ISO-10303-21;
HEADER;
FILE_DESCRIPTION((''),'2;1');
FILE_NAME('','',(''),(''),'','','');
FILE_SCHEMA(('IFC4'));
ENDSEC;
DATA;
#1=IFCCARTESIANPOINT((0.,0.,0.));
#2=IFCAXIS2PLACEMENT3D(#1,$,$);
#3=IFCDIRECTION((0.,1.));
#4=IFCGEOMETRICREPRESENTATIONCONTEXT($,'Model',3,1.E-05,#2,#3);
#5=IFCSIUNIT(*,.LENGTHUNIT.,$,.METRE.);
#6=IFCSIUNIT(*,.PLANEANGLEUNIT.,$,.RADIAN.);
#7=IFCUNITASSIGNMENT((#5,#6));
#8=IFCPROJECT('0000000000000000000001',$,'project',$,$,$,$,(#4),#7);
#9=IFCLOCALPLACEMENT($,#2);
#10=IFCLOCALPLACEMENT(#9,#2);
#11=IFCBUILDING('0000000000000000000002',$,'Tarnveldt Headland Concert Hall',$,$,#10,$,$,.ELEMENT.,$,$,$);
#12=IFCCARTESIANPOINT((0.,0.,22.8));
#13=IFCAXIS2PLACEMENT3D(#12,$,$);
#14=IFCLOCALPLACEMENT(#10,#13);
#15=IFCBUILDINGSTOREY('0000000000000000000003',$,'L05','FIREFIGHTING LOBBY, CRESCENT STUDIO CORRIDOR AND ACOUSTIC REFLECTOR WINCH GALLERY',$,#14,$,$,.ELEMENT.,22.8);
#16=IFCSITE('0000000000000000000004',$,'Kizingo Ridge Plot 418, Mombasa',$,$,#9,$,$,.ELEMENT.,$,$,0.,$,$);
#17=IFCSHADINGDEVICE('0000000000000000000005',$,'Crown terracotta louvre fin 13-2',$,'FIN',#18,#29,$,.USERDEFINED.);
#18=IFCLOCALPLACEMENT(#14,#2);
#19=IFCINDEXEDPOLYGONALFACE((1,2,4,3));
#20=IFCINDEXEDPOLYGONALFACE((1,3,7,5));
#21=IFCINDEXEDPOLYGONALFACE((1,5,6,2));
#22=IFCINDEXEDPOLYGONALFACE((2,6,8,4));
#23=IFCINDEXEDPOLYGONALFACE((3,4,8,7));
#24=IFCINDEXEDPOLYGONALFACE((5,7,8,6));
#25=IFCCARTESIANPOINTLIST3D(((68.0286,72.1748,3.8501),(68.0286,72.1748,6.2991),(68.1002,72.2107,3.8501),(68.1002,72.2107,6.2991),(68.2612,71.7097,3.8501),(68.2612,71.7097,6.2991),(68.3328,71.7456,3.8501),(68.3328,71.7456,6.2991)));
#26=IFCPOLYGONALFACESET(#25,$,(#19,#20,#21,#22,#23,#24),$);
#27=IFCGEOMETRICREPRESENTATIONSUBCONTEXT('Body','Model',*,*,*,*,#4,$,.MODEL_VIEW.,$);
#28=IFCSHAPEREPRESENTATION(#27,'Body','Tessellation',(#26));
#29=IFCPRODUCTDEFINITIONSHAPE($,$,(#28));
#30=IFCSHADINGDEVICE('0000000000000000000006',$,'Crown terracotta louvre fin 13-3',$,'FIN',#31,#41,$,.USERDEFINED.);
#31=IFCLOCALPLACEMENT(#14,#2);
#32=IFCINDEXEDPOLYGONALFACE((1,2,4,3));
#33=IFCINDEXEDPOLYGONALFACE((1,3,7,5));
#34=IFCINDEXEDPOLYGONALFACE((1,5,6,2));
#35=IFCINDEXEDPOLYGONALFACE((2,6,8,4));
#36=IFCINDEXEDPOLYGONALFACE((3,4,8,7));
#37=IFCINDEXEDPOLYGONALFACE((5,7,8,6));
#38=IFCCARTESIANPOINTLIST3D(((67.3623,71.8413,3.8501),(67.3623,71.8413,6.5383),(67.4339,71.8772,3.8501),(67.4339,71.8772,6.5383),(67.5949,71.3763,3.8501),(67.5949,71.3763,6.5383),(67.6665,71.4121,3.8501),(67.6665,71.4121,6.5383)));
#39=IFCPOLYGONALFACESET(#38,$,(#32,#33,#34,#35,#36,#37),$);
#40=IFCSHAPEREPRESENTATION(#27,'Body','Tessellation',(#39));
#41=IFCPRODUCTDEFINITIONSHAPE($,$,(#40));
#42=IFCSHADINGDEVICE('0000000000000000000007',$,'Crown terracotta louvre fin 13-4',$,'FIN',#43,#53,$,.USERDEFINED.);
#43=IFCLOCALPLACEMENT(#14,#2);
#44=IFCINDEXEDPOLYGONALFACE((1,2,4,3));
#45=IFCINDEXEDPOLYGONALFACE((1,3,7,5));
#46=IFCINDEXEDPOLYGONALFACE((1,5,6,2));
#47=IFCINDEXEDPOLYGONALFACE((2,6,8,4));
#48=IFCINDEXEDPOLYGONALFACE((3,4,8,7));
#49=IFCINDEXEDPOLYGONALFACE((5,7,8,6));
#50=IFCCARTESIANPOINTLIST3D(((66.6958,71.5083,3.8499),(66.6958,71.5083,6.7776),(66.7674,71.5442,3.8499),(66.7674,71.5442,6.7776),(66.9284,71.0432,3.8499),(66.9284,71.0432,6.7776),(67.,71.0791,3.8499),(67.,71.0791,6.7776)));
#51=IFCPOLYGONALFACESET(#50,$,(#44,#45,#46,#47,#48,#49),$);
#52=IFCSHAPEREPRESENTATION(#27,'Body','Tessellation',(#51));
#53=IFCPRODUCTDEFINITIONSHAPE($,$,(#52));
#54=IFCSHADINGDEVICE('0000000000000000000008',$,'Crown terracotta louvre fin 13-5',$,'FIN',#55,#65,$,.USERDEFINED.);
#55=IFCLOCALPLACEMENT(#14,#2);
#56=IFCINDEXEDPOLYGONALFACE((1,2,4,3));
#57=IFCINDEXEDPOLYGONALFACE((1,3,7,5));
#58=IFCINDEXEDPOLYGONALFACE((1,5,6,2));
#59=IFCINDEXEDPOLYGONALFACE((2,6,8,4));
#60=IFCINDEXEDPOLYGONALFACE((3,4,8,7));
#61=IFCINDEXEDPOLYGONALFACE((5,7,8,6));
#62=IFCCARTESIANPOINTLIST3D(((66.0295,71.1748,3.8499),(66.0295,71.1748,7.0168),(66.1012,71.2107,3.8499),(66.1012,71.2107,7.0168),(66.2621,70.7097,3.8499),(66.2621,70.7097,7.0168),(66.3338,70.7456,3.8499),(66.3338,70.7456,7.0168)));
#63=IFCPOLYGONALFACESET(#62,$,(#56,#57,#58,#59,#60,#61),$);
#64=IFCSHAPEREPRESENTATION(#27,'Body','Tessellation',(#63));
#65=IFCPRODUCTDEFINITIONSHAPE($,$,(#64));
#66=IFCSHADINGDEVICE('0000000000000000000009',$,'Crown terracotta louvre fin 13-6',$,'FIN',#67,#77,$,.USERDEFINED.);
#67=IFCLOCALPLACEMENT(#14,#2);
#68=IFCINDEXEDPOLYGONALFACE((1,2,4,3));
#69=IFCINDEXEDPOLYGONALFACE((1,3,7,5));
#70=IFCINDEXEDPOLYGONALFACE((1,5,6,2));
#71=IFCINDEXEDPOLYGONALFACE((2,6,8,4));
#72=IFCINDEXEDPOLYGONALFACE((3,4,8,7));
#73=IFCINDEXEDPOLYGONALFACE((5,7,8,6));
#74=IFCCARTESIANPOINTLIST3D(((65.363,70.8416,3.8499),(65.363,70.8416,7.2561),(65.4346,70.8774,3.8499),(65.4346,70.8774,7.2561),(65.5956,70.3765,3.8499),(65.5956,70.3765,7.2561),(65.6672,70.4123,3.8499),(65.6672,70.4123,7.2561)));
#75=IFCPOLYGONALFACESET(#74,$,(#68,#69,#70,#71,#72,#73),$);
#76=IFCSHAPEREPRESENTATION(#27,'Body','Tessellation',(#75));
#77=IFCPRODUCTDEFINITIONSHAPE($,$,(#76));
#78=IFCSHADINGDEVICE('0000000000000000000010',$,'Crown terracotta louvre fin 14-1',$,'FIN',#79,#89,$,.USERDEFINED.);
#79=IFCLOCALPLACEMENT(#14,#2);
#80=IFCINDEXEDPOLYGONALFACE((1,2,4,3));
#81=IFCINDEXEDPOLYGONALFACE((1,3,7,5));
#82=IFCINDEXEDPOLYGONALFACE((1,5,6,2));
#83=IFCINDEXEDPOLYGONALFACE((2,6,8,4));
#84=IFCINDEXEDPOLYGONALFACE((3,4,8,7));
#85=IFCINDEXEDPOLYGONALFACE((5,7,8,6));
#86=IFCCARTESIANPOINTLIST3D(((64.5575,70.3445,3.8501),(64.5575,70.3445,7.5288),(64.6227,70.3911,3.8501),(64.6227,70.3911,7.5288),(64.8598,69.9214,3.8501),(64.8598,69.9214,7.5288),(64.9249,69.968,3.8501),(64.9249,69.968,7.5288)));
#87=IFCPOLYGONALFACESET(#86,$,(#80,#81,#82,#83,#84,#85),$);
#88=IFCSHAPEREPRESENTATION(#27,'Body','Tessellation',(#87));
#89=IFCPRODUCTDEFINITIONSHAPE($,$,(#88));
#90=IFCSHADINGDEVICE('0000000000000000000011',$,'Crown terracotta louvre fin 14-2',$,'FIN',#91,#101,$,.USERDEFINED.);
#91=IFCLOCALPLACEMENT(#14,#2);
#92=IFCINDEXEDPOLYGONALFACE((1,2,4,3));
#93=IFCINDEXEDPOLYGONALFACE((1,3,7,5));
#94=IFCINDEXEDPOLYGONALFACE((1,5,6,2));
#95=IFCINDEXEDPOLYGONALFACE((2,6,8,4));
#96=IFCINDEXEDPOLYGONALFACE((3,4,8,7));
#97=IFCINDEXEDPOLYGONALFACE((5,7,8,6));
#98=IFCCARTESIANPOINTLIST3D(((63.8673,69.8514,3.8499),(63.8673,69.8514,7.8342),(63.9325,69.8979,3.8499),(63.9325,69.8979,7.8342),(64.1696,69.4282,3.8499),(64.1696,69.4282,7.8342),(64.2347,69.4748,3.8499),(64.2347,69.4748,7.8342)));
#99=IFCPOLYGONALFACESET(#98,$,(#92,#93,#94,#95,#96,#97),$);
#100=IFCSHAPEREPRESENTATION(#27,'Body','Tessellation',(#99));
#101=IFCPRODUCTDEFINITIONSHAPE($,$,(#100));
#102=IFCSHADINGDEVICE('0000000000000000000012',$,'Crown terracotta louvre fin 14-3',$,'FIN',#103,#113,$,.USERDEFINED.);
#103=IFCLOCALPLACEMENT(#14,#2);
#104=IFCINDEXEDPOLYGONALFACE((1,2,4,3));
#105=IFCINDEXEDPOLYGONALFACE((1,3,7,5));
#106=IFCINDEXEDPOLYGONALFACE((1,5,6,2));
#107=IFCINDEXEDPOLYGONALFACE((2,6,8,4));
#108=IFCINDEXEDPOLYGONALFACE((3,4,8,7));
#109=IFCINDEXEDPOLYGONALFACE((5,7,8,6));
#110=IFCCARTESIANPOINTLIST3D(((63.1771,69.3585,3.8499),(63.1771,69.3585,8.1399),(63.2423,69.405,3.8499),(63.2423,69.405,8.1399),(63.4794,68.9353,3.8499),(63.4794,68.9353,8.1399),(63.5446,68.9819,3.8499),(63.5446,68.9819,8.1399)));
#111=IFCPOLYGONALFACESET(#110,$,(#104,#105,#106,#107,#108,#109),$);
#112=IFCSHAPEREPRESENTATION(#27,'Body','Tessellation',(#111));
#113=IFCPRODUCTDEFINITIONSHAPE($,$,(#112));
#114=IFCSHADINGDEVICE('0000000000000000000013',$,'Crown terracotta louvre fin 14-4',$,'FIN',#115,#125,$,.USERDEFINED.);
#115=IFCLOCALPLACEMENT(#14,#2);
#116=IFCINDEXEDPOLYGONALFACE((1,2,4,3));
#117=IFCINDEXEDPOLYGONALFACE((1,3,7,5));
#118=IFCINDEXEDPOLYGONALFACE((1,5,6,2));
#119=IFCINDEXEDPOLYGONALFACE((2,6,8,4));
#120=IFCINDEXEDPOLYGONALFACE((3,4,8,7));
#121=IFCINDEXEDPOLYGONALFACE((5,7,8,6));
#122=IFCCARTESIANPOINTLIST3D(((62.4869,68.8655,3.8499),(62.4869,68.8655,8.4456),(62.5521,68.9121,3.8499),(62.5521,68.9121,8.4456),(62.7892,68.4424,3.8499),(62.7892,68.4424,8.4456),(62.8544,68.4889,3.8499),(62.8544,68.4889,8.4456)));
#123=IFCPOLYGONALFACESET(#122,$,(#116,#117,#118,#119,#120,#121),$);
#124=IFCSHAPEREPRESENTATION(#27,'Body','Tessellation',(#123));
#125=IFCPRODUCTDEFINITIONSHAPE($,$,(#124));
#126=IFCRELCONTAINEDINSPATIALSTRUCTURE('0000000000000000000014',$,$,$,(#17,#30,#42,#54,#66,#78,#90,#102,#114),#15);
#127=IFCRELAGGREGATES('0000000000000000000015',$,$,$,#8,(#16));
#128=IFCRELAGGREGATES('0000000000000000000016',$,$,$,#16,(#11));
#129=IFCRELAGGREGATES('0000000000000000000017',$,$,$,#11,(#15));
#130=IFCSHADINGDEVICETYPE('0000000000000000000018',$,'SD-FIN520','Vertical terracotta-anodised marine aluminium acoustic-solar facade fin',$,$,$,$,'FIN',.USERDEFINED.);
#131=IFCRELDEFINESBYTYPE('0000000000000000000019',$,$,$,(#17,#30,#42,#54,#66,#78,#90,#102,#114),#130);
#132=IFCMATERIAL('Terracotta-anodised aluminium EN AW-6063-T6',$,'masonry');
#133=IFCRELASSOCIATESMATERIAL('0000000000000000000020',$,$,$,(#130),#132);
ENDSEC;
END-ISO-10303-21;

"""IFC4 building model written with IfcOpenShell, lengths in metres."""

from ifc_helpers import new_model, si_unit, direction, frame, origin, origin_2d, place, context, subcontext, project, spatial, rectangle, extrude, material, type_object, element, save


model = new_model("IFC4")

# Units and contexts
model_context = context("Model", 3, precision=1e-05, world=origin(), true_north=direction((0.0, 1.0)))
body_context = subcontext(model_context, "Body", "Model", "MODEL_VIEW")
ifc_project = project(units=[si_unit("LENGTHUNIT", "METRE"), si_unit("PLANEANGLEUNIT", "RADIAN")], contexts=[model_context])

# Site, building, storey
site_placement = place(None, origin())
site = spatial("IfcSite", under=ifc_project, at=site_placement, Name="Kizingo Ridge Plot 418, Mombasa", CompositionType="ELEMENT", RefElevation=0.0)
building_placement = place(site_placement, origin())
building = spatial("IfcBuilding", under=site, at=building_placement, Name="Tarnveldt Headland Concert Hall", CompositionType="ELEMENT")
storey_placement = place(building_placement, frame((0.0, 0.0, 22.8)))
storey = spatial("IfcBuildingStorey", under=building, at=storey_placement, Name="L05", Description="FIREFIGHTING LOBBY, CRESCENT STUDIO CORRIDOR AND ACOUSTIC REFLECTOR WINCH GALLERY", CompositionType="ELEMENT", Elevation=22.8)

# Shading devices
ifc_material_1 = material(Name="Terracotta-anodised aluminium EN AW-6063-T6", Category="masonry")
shading_device_type = type_object("IfcShadingDeviceType", Name="SD-FIN520", Description="Vertical terracotta-anodised marine aluminium acoustic-solar facade fin", ElementType="FIN", PredefinedType="USERDEFINED", material=ifc_material_1)
shading_device_1_placement = place(storey_placement, frame((68.1807, 71.9602, 3.8501), z_axis=(0.0, 0.0, 1.0), x_axis=(-0.447291, 0.894389, 0.0)))
element("IfcShadingDevice", 1, at=shading_device_1_placement, inside=storey, type_object=shading_device_type, Name="Crown terracotta louvre fin 13-2", ObjectType="FIN", PredefinedType="USERDEFINED", context=body_context, shape_type="SweptSolid", body=[
    extrude(rectangle(XDim=0.52, YDim=0.0801, at=origin_2d()), origin(), (0.0, 0.0, 1.0), 2.449),
])
shading_device_2_placement = place(storey_placement, frame((67.5144, 71.6267, 3.8501), z_axis=(0.0, 0.0, 1.0), x_axis=(-0.447291, 0.894389, 0.0)))
element("IfcShadingDevice", 2, at=shading_device_2_placement, inside=storey, type_object=shading_device_type, Name="Crown terracotta louvre fin 13-3", ObjectType="FIN", PredefinedType="USERDEFINED", context=body_context, shape_type="SweptSolid", body=[
    extrude(rectangle(XDim=0.52, YDim=0.0801, at=origin_2d()), origin(), (0.0, 0.0, 1.0), 2.6882),
])
shading_device_3_placement = place(storey_placement, frame((66.8479, 71.2937, 3.8499), z_axis=(0.0, 0.0, 1.0), x_axis=(-0.447291, 0.894389, 0.0)))
element("IfcShadingDevice", 3, at=shading_device_3_placement, inside=storey, type_object=shading_device_type, Name="Crown terracotta louvre fin 13-4", ObjectType="FIN", PredefinedType="USERDEFINED", context=body_context, shape_type="SweptSolid", body=[
    extrude(rectangle(XDim=0.52, YDim=0.0801, at=origin_2d()), origin(), (0.0, 0.0, 1.0), 2.9277),
])
shading_device_4_placement = place(storey_placement, frame((66.1816, 70.9602, 3.8499), z_axis=(0.0, 0.0, 1.0), x_axis=(-0.447291, 0.894389, 0.0)))
element("IfcShadingDevice", 4, at=shading_device_4_placement, inside=storey, type_object=shading_device_type, Name="Crown terracotta louvre fin 13-5", ObjectType="FIN", PredefinedType="USERDEFINED", context=body_context, shape_type="SweptSolid", body=[
    extrude(rectangle(XDim=0.52, YDim=0.0801, at=origin_2d()), origin(), (0.0, 0.0, 1.0), 3.167),
])
shading_device_5_placement = place(storey_placement, frame((65.5151, 70.627, 3.8499), z_axis=(0.0, 0.0, 1.0), x_axis=(-0.447291, 0.894389, 0.0)))
element("IfcShadingDevice", 5, at=shading_device_5_placement, inside=storey, type_object=shading_device_type, Name="Crown terracotta louvre fin 13-6", ObjectType="FIN", PredefinedType="USERDEFINED", context=body_context, shape_type="SweptSolid", body=[
    extrude(rectangle(XDim=0.52, YDim=0.0801, at=origin_2d()), origin(), (0.0, 0.0, 1.0), 3.4062),
])
shading_device_6_placement = place(storey_placement, frame((64.7412, 70.1562, 3.8501), z_axis=(0.0, 0.0, 1.0), x_axis=(-0.581271, 0.81371, 0.0)))
element("IfcShadingDevice", 6, at=shading_device_6_placement, inside=storey, type_object=shading_device_type, Name="Crown terracotta louvre fin 14-1", ObjectType="FIN", PredefinedType="USERDEFINED", context=body_context, shape_type="SweptSolid", body=[
    extrude(rectangle(XDim=0.52, YDim=0.0801, at=origin_2d()), origin(), (0.0, 0.0, 1.0), 3.6787),
])
shading_device_7_placement = place(storey_placement, frame((64.051, 69.6631, 3.8499), z_axis=(0.0, 0.0, 1.0), x_axis=(-0.581271, 0.81371, 0.0)))
element("IfcShadingDevice", 7, at=shading_device_7_placement, inside=storey, type_object=shading_device_type, Name="Crown terracotta louvre fin 14-2", ObjectType="FIN", PredefinedType="USERDEFINED", context=body_context, shape_type="SweptSolid", body=[
    extrude(rectangle(XDim=0.52, YDim=0.0801, at=origin_2d()), origin(), (0.0, 0.0, 1.0), 3.9844),
])
shading_device_8_placement = place(storey_placement, frame((63.3608, 69.1702, 3.8499), z_axis=(0.0, 0.0, 1.0), x_axis=(-0.581271, 0.81371, 0.0)))
element("IfcShadingDevice", 8, at=shading_device_8_placement, inside=storey, type_object=shading_device_type, Name="Crown terracotta louvre fin 14-3", ObjectType="FIN", PredefinedType="USERDEFINED", context=body_context, shape_type="SweptSolid", body=[
    extrude(rectangle(XDim=0.52, YDim=0.0801, at=origin_2d()), origin(), (0.0, 0.0, 1.0), 4.29),
])
shading_device_9_placement = place(storey_placement, frame((62.6707, 68.6772, 3.8499), z_axis=(0.0, 0.0, 1.0), x_axis=(-0.581271, 0.81371, 0.0)))
element("IfcShadingDevice", 9, at=shading_device_9_placement, inside=storey, type_object=shading_device_type, Name="Crown terracotta louvre fin 14-4", ObjectType="FIN", PredefinedType="USERDEFINED", context=body_context, shape_type="SweptSolid", body=[
    extrude(rectangle(XDim=0.52, YDim=0.0801, at=origin_2d()), origin(), (0.0, 0.0, 1.0), 4.5957),
])

save(model, "model.ifc")
